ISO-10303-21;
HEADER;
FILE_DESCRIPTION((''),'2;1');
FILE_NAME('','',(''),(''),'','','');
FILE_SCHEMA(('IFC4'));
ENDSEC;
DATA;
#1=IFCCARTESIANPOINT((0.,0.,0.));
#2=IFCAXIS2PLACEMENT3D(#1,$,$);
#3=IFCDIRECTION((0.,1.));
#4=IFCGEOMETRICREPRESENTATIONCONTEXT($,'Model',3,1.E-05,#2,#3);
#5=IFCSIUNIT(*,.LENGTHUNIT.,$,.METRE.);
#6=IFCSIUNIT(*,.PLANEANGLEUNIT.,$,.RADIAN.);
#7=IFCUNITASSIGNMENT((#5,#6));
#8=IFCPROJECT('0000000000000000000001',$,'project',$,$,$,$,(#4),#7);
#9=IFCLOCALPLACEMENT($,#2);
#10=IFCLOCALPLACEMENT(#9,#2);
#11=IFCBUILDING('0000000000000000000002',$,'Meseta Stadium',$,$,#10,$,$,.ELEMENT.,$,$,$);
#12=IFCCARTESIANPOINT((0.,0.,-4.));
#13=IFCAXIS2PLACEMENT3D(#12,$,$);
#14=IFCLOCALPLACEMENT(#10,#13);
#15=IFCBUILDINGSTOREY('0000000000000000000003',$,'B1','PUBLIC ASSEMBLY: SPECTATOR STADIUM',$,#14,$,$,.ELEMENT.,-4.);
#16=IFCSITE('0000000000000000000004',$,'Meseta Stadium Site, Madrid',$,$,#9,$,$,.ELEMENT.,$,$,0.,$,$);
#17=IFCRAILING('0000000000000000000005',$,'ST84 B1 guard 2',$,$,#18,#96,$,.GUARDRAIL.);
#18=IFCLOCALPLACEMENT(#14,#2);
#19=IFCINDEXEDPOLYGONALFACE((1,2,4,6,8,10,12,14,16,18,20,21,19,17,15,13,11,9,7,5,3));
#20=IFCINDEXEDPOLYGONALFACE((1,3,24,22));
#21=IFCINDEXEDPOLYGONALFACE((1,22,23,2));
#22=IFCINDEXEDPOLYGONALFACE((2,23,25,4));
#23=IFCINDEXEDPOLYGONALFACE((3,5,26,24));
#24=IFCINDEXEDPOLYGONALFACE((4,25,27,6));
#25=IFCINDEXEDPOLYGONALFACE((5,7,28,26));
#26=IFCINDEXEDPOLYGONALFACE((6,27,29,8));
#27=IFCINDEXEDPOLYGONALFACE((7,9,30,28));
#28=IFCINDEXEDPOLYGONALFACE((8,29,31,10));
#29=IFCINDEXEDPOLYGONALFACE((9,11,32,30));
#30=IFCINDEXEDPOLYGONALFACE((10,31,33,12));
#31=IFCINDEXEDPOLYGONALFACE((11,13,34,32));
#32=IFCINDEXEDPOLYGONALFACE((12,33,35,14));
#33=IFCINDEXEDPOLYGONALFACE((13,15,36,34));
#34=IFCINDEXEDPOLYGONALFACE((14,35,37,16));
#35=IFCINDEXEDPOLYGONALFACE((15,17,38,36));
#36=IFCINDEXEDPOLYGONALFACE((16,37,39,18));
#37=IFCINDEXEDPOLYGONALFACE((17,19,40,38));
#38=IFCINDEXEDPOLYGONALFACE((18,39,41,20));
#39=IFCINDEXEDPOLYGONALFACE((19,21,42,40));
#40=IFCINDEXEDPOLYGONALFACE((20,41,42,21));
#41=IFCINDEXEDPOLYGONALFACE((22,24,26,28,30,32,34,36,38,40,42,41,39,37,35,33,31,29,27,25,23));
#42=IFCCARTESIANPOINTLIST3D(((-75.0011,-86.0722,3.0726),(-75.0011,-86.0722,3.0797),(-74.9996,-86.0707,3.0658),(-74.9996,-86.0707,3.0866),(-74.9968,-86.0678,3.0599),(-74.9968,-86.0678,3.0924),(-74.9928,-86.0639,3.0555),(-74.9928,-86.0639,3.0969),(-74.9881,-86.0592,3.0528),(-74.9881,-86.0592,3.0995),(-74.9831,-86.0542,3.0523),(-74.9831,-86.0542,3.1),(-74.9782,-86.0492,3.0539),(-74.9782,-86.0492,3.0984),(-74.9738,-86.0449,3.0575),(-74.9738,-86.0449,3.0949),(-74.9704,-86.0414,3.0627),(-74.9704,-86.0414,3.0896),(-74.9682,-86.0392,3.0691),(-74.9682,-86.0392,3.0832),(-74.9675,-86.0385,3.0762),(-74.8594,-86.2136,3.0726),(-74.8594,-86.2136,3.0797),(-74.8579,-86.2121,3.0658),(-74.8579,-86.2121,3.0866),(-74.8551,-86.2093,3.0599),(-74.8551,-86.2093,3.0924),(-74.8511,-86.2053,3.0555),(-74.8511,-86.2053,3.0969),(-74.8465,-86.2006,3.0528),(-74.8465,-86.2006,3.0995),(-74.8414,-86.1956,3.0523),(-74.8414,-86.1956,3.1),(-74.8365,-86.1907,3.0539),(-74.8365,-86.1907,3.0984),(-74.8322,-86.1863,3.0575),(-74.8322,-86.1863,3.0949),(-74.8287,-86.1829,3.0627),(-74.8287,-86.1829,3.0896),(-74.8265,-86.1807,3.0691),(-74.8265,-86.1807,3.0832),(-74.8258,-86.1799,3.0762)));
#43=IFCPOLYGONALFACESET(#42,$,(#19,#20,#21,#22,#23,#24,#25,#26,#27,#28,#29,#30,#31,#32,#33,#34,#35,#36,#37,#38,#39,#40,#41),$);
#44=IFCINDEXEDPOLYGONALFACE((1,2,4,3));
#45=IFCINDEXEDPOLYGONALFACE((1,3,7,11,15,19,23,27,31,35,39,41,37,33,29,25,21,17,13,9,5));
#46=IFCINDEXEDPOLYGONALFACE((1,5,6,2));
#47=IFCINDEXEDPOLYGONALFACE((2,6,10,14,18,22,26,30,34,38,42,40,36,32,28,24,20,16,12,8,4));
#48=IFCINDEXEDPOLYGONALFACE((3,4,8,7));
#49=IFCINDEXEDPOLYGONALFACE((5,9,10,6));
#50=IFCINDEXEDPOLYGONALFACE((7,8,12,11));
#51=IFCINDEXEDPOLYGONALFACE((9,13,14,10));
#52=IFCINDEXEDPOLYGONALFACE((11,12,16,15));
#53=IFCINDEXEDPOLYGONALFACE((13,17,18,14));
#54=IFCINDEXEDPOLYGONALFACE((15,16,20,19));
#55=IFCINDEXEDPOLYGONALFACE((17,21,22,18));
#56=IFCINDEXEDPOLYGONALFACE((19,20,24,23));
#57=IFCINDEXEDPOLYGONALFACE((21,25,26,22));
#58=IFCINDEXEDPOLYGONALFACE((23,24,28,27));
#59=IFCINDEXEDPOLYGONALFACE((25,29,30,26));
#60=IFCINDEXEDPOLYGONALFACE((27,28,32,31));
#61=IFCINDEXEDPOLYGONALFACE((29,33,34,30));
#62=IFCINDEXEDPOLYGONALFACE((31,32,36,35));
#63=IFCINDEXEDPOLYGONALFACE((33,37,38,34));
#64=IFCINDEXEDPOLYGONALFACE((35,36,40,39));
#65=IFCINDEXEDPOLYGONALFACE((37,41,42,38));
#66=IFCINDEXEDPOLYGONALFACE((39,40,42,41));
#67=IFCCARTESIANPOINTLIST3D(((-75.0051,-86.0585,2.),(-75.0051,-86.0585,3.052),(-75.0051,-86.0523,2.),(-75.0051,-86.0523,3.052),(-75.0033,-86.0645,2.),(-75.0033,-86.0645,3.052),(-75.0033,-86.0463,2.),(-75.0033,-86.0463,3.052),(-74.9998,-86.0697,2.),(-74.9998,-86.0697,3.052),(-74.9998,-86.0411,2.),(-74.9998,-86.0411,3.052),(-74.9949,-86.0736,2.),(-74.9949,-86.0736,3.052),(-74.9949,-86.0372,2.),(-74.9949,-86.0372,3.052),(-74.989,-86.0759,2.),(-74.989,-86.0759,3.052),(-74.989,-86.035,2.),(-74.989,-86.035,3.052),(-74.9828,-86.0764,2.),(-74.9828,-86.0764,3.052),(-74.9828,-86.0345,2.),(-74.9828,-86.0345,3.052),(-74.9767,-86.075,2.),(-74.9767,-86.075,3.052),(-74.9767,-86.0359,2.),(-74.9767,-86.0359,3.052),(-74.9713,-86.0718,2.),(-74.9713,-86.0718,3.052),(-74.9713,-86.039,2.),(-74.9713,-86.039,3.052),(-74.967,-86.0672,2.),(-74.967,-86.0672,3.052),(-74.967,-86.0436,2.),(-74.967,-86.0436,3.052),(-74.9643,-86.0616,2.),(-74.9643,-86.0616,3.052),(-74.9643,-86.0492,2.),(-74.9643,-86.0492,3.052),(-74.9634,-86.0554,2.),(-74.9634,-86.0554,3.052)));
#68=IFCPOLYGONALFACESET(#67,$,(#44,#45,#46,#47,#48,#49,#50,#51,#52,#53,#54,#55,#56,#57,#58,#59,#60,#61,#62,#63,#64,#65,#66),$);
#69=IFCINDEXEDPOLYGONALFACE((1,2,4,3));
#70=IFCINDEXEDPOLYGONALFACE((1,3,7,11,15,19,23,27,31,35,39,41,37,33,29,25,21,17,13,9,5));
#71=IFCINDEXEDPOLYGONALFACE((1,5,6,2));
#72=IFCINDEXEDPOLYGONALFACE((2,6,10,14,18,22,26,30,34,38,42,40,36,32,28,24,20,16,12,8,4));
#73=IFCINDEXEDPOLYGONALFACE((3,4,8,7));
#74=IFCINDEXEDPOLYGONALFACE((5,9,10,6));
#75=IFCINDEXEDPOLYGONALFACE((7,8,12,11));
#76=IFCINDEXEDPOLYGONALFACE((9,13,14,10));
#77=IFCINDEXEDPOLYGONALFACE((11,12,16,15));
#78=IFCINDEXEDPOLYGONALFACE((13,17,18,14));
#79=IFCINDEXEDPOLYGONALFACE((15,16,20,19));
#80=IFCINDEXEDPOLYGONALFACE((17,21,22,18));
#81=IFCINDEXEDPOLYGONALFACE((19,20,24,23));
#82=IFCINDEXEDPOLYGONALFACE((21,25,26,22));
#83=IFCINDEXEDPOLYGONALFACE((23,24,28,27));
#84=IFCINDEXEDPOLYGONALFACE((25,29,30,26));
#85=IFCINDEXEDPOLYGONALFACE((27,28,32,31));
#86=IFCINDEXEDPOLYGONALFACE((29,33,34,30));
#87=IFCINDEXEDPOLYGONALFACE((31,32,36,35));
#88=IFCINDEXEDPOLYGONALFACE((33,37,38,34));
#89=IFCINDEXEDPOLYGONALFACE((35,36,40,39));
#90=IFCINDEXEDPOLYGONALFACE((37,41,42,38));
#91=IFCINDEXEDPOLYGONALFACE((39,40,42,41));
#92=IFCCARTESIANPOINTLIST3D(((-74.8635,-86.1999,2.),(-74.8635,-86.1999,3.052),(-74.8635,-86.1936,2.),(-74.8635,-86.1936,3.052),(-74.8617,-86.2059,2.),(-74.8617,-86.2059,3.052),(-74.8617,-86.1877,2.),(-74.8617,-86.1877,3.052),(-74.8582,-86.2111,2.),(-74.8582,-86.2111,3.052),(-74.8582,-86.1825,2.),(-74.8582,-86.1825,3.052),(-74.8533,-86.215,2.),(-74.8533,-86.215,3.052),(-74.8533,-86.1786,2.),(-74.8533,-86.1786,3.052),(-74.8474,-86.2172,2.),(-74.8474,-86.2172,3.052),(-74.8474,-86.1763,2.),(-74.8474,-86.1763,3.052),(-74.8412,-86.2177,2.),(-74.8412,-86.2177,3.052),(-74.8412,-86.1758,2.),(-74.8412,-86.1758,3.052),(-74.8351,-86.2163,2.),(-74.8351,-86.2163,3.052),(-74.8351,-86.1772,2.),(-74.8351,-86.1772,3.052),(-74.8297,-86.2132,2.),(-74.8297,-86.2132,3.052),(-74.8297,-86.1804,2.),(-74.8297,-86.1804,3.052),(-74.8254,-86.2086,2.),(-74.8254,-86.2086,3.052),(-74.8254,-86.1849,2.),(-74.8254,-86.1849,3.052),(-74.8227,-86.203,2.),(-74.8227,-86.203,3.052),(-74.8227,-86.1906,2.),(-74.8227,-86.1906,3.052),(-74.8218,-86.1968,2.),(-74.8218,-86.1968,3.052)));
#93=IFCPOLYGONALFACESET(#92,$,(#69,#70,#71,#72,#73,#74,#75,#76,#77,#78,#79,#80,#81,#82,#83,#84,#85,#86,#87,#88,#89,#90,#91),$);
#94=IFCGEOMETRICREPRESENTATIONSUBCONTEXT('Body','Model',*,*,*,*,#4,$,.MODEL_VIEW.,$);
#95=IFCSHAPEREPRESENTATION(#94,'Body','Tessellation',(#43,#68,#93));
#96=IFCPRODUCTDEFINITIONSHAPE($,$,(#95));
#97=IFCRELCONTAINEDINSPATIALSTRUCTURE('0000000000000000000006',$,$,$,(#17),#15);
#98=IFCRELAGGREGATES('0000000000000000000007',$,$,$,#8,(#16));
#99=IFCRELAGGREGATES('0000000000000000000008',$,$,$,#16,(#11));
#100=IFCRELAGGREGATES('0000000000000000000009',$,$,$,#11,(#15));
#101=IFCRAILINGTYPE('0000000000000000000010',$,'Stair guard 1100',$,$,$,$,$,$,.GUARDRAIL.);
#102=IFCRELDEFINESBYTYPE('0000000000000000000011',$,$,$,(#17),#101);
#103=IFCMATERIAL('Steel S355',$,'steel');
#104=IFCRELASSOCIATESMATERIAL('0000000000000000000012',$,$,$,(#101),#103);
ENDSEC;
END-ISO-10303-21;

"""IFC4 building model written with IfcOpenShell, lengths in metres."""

from ifc_helpers import new_model, si_unit, direction, frame, origin, origin_2d, place, context, subcontext, project, spatial, circle, extrude, material, type_object, element, save


model = new_model("IFC4")

# Units and contexts
model_context = context("Model", 3, precision=1e-05, world=origin(), true_north=direction((0.0, 1.0)))
body_context = subcontext(model_context, "Body", "Model", "MODEL_VIEW")
ifc_project = project(units=[si_unit("LENGTHUNIT", "METRE"), si_unit("PLANEANGLEUNIT", "RADIAN")], contexts=[model_context])

# Site, building, storey
site_placement = place(None, origin())
site = spatial("IfcSite", under=ifc_project, at=site_placement, Name="Meseta Stadium Site, Madrid", CompositionType="ELEMENT", RefElevation=0.0)
building_placement = place(site_placement, origin())
building = spatial("IfcBuilding", under=site, at=building_placement, Name="Meseta Stadium", CompositionType="ELEMENT")
storey_placement = place(building_placement, frame((0.0, 0.0, -4.0)))
storey = spatial("IfcBuildingStorey", under=building, at=storey_placement, Name="B1", Description="PUBLIC ASSEMBLY: SPECTATOR STADIUM", CompositionType="ELEMENT", Elevation=-4.0)

# Railing
ifc_material_1 = material(Name="Steel S355", Category="steel")
railing_type_1 = type_object("IfcRailingType", Name="Stair guard 1100", PredefinedType="GUARDRAIL", material=ifc_material_1)
railing_1_placement = place(storey_placement, frame((-74.9844, -86.0554, 2.0)))
element("IfcRailing", 1, at=railing_1_placement, inside=storey, type_object=railing_type_1, Name="ST84 B1 guard 2", PredefinedType="GUARDRAIL", context=body_context, shape_type="SweptSolid", body=[
    extrude(circle(Radius=0.0239, at=origin_2d()), frame((0.0, 0.0, 1.0762), z_axis=(0.707717, -0.706496, 0.0), x_axis=(0.706496, 0.707717, 0.0)), (0.0, 0.0, 1.0), 0.2002),
    extrude(circle(Radius=0.021, at=origin_2d()), origin(), (0.0, 0.0, 1.0), 1.052),
    extrude(circle(Radius=0.021, at=origin_2d()), frame((0.1416, -0.1414, 0.0)), (0.0, 0.0, 1.0), 1.052),
])

save(model, "model.ifc")
